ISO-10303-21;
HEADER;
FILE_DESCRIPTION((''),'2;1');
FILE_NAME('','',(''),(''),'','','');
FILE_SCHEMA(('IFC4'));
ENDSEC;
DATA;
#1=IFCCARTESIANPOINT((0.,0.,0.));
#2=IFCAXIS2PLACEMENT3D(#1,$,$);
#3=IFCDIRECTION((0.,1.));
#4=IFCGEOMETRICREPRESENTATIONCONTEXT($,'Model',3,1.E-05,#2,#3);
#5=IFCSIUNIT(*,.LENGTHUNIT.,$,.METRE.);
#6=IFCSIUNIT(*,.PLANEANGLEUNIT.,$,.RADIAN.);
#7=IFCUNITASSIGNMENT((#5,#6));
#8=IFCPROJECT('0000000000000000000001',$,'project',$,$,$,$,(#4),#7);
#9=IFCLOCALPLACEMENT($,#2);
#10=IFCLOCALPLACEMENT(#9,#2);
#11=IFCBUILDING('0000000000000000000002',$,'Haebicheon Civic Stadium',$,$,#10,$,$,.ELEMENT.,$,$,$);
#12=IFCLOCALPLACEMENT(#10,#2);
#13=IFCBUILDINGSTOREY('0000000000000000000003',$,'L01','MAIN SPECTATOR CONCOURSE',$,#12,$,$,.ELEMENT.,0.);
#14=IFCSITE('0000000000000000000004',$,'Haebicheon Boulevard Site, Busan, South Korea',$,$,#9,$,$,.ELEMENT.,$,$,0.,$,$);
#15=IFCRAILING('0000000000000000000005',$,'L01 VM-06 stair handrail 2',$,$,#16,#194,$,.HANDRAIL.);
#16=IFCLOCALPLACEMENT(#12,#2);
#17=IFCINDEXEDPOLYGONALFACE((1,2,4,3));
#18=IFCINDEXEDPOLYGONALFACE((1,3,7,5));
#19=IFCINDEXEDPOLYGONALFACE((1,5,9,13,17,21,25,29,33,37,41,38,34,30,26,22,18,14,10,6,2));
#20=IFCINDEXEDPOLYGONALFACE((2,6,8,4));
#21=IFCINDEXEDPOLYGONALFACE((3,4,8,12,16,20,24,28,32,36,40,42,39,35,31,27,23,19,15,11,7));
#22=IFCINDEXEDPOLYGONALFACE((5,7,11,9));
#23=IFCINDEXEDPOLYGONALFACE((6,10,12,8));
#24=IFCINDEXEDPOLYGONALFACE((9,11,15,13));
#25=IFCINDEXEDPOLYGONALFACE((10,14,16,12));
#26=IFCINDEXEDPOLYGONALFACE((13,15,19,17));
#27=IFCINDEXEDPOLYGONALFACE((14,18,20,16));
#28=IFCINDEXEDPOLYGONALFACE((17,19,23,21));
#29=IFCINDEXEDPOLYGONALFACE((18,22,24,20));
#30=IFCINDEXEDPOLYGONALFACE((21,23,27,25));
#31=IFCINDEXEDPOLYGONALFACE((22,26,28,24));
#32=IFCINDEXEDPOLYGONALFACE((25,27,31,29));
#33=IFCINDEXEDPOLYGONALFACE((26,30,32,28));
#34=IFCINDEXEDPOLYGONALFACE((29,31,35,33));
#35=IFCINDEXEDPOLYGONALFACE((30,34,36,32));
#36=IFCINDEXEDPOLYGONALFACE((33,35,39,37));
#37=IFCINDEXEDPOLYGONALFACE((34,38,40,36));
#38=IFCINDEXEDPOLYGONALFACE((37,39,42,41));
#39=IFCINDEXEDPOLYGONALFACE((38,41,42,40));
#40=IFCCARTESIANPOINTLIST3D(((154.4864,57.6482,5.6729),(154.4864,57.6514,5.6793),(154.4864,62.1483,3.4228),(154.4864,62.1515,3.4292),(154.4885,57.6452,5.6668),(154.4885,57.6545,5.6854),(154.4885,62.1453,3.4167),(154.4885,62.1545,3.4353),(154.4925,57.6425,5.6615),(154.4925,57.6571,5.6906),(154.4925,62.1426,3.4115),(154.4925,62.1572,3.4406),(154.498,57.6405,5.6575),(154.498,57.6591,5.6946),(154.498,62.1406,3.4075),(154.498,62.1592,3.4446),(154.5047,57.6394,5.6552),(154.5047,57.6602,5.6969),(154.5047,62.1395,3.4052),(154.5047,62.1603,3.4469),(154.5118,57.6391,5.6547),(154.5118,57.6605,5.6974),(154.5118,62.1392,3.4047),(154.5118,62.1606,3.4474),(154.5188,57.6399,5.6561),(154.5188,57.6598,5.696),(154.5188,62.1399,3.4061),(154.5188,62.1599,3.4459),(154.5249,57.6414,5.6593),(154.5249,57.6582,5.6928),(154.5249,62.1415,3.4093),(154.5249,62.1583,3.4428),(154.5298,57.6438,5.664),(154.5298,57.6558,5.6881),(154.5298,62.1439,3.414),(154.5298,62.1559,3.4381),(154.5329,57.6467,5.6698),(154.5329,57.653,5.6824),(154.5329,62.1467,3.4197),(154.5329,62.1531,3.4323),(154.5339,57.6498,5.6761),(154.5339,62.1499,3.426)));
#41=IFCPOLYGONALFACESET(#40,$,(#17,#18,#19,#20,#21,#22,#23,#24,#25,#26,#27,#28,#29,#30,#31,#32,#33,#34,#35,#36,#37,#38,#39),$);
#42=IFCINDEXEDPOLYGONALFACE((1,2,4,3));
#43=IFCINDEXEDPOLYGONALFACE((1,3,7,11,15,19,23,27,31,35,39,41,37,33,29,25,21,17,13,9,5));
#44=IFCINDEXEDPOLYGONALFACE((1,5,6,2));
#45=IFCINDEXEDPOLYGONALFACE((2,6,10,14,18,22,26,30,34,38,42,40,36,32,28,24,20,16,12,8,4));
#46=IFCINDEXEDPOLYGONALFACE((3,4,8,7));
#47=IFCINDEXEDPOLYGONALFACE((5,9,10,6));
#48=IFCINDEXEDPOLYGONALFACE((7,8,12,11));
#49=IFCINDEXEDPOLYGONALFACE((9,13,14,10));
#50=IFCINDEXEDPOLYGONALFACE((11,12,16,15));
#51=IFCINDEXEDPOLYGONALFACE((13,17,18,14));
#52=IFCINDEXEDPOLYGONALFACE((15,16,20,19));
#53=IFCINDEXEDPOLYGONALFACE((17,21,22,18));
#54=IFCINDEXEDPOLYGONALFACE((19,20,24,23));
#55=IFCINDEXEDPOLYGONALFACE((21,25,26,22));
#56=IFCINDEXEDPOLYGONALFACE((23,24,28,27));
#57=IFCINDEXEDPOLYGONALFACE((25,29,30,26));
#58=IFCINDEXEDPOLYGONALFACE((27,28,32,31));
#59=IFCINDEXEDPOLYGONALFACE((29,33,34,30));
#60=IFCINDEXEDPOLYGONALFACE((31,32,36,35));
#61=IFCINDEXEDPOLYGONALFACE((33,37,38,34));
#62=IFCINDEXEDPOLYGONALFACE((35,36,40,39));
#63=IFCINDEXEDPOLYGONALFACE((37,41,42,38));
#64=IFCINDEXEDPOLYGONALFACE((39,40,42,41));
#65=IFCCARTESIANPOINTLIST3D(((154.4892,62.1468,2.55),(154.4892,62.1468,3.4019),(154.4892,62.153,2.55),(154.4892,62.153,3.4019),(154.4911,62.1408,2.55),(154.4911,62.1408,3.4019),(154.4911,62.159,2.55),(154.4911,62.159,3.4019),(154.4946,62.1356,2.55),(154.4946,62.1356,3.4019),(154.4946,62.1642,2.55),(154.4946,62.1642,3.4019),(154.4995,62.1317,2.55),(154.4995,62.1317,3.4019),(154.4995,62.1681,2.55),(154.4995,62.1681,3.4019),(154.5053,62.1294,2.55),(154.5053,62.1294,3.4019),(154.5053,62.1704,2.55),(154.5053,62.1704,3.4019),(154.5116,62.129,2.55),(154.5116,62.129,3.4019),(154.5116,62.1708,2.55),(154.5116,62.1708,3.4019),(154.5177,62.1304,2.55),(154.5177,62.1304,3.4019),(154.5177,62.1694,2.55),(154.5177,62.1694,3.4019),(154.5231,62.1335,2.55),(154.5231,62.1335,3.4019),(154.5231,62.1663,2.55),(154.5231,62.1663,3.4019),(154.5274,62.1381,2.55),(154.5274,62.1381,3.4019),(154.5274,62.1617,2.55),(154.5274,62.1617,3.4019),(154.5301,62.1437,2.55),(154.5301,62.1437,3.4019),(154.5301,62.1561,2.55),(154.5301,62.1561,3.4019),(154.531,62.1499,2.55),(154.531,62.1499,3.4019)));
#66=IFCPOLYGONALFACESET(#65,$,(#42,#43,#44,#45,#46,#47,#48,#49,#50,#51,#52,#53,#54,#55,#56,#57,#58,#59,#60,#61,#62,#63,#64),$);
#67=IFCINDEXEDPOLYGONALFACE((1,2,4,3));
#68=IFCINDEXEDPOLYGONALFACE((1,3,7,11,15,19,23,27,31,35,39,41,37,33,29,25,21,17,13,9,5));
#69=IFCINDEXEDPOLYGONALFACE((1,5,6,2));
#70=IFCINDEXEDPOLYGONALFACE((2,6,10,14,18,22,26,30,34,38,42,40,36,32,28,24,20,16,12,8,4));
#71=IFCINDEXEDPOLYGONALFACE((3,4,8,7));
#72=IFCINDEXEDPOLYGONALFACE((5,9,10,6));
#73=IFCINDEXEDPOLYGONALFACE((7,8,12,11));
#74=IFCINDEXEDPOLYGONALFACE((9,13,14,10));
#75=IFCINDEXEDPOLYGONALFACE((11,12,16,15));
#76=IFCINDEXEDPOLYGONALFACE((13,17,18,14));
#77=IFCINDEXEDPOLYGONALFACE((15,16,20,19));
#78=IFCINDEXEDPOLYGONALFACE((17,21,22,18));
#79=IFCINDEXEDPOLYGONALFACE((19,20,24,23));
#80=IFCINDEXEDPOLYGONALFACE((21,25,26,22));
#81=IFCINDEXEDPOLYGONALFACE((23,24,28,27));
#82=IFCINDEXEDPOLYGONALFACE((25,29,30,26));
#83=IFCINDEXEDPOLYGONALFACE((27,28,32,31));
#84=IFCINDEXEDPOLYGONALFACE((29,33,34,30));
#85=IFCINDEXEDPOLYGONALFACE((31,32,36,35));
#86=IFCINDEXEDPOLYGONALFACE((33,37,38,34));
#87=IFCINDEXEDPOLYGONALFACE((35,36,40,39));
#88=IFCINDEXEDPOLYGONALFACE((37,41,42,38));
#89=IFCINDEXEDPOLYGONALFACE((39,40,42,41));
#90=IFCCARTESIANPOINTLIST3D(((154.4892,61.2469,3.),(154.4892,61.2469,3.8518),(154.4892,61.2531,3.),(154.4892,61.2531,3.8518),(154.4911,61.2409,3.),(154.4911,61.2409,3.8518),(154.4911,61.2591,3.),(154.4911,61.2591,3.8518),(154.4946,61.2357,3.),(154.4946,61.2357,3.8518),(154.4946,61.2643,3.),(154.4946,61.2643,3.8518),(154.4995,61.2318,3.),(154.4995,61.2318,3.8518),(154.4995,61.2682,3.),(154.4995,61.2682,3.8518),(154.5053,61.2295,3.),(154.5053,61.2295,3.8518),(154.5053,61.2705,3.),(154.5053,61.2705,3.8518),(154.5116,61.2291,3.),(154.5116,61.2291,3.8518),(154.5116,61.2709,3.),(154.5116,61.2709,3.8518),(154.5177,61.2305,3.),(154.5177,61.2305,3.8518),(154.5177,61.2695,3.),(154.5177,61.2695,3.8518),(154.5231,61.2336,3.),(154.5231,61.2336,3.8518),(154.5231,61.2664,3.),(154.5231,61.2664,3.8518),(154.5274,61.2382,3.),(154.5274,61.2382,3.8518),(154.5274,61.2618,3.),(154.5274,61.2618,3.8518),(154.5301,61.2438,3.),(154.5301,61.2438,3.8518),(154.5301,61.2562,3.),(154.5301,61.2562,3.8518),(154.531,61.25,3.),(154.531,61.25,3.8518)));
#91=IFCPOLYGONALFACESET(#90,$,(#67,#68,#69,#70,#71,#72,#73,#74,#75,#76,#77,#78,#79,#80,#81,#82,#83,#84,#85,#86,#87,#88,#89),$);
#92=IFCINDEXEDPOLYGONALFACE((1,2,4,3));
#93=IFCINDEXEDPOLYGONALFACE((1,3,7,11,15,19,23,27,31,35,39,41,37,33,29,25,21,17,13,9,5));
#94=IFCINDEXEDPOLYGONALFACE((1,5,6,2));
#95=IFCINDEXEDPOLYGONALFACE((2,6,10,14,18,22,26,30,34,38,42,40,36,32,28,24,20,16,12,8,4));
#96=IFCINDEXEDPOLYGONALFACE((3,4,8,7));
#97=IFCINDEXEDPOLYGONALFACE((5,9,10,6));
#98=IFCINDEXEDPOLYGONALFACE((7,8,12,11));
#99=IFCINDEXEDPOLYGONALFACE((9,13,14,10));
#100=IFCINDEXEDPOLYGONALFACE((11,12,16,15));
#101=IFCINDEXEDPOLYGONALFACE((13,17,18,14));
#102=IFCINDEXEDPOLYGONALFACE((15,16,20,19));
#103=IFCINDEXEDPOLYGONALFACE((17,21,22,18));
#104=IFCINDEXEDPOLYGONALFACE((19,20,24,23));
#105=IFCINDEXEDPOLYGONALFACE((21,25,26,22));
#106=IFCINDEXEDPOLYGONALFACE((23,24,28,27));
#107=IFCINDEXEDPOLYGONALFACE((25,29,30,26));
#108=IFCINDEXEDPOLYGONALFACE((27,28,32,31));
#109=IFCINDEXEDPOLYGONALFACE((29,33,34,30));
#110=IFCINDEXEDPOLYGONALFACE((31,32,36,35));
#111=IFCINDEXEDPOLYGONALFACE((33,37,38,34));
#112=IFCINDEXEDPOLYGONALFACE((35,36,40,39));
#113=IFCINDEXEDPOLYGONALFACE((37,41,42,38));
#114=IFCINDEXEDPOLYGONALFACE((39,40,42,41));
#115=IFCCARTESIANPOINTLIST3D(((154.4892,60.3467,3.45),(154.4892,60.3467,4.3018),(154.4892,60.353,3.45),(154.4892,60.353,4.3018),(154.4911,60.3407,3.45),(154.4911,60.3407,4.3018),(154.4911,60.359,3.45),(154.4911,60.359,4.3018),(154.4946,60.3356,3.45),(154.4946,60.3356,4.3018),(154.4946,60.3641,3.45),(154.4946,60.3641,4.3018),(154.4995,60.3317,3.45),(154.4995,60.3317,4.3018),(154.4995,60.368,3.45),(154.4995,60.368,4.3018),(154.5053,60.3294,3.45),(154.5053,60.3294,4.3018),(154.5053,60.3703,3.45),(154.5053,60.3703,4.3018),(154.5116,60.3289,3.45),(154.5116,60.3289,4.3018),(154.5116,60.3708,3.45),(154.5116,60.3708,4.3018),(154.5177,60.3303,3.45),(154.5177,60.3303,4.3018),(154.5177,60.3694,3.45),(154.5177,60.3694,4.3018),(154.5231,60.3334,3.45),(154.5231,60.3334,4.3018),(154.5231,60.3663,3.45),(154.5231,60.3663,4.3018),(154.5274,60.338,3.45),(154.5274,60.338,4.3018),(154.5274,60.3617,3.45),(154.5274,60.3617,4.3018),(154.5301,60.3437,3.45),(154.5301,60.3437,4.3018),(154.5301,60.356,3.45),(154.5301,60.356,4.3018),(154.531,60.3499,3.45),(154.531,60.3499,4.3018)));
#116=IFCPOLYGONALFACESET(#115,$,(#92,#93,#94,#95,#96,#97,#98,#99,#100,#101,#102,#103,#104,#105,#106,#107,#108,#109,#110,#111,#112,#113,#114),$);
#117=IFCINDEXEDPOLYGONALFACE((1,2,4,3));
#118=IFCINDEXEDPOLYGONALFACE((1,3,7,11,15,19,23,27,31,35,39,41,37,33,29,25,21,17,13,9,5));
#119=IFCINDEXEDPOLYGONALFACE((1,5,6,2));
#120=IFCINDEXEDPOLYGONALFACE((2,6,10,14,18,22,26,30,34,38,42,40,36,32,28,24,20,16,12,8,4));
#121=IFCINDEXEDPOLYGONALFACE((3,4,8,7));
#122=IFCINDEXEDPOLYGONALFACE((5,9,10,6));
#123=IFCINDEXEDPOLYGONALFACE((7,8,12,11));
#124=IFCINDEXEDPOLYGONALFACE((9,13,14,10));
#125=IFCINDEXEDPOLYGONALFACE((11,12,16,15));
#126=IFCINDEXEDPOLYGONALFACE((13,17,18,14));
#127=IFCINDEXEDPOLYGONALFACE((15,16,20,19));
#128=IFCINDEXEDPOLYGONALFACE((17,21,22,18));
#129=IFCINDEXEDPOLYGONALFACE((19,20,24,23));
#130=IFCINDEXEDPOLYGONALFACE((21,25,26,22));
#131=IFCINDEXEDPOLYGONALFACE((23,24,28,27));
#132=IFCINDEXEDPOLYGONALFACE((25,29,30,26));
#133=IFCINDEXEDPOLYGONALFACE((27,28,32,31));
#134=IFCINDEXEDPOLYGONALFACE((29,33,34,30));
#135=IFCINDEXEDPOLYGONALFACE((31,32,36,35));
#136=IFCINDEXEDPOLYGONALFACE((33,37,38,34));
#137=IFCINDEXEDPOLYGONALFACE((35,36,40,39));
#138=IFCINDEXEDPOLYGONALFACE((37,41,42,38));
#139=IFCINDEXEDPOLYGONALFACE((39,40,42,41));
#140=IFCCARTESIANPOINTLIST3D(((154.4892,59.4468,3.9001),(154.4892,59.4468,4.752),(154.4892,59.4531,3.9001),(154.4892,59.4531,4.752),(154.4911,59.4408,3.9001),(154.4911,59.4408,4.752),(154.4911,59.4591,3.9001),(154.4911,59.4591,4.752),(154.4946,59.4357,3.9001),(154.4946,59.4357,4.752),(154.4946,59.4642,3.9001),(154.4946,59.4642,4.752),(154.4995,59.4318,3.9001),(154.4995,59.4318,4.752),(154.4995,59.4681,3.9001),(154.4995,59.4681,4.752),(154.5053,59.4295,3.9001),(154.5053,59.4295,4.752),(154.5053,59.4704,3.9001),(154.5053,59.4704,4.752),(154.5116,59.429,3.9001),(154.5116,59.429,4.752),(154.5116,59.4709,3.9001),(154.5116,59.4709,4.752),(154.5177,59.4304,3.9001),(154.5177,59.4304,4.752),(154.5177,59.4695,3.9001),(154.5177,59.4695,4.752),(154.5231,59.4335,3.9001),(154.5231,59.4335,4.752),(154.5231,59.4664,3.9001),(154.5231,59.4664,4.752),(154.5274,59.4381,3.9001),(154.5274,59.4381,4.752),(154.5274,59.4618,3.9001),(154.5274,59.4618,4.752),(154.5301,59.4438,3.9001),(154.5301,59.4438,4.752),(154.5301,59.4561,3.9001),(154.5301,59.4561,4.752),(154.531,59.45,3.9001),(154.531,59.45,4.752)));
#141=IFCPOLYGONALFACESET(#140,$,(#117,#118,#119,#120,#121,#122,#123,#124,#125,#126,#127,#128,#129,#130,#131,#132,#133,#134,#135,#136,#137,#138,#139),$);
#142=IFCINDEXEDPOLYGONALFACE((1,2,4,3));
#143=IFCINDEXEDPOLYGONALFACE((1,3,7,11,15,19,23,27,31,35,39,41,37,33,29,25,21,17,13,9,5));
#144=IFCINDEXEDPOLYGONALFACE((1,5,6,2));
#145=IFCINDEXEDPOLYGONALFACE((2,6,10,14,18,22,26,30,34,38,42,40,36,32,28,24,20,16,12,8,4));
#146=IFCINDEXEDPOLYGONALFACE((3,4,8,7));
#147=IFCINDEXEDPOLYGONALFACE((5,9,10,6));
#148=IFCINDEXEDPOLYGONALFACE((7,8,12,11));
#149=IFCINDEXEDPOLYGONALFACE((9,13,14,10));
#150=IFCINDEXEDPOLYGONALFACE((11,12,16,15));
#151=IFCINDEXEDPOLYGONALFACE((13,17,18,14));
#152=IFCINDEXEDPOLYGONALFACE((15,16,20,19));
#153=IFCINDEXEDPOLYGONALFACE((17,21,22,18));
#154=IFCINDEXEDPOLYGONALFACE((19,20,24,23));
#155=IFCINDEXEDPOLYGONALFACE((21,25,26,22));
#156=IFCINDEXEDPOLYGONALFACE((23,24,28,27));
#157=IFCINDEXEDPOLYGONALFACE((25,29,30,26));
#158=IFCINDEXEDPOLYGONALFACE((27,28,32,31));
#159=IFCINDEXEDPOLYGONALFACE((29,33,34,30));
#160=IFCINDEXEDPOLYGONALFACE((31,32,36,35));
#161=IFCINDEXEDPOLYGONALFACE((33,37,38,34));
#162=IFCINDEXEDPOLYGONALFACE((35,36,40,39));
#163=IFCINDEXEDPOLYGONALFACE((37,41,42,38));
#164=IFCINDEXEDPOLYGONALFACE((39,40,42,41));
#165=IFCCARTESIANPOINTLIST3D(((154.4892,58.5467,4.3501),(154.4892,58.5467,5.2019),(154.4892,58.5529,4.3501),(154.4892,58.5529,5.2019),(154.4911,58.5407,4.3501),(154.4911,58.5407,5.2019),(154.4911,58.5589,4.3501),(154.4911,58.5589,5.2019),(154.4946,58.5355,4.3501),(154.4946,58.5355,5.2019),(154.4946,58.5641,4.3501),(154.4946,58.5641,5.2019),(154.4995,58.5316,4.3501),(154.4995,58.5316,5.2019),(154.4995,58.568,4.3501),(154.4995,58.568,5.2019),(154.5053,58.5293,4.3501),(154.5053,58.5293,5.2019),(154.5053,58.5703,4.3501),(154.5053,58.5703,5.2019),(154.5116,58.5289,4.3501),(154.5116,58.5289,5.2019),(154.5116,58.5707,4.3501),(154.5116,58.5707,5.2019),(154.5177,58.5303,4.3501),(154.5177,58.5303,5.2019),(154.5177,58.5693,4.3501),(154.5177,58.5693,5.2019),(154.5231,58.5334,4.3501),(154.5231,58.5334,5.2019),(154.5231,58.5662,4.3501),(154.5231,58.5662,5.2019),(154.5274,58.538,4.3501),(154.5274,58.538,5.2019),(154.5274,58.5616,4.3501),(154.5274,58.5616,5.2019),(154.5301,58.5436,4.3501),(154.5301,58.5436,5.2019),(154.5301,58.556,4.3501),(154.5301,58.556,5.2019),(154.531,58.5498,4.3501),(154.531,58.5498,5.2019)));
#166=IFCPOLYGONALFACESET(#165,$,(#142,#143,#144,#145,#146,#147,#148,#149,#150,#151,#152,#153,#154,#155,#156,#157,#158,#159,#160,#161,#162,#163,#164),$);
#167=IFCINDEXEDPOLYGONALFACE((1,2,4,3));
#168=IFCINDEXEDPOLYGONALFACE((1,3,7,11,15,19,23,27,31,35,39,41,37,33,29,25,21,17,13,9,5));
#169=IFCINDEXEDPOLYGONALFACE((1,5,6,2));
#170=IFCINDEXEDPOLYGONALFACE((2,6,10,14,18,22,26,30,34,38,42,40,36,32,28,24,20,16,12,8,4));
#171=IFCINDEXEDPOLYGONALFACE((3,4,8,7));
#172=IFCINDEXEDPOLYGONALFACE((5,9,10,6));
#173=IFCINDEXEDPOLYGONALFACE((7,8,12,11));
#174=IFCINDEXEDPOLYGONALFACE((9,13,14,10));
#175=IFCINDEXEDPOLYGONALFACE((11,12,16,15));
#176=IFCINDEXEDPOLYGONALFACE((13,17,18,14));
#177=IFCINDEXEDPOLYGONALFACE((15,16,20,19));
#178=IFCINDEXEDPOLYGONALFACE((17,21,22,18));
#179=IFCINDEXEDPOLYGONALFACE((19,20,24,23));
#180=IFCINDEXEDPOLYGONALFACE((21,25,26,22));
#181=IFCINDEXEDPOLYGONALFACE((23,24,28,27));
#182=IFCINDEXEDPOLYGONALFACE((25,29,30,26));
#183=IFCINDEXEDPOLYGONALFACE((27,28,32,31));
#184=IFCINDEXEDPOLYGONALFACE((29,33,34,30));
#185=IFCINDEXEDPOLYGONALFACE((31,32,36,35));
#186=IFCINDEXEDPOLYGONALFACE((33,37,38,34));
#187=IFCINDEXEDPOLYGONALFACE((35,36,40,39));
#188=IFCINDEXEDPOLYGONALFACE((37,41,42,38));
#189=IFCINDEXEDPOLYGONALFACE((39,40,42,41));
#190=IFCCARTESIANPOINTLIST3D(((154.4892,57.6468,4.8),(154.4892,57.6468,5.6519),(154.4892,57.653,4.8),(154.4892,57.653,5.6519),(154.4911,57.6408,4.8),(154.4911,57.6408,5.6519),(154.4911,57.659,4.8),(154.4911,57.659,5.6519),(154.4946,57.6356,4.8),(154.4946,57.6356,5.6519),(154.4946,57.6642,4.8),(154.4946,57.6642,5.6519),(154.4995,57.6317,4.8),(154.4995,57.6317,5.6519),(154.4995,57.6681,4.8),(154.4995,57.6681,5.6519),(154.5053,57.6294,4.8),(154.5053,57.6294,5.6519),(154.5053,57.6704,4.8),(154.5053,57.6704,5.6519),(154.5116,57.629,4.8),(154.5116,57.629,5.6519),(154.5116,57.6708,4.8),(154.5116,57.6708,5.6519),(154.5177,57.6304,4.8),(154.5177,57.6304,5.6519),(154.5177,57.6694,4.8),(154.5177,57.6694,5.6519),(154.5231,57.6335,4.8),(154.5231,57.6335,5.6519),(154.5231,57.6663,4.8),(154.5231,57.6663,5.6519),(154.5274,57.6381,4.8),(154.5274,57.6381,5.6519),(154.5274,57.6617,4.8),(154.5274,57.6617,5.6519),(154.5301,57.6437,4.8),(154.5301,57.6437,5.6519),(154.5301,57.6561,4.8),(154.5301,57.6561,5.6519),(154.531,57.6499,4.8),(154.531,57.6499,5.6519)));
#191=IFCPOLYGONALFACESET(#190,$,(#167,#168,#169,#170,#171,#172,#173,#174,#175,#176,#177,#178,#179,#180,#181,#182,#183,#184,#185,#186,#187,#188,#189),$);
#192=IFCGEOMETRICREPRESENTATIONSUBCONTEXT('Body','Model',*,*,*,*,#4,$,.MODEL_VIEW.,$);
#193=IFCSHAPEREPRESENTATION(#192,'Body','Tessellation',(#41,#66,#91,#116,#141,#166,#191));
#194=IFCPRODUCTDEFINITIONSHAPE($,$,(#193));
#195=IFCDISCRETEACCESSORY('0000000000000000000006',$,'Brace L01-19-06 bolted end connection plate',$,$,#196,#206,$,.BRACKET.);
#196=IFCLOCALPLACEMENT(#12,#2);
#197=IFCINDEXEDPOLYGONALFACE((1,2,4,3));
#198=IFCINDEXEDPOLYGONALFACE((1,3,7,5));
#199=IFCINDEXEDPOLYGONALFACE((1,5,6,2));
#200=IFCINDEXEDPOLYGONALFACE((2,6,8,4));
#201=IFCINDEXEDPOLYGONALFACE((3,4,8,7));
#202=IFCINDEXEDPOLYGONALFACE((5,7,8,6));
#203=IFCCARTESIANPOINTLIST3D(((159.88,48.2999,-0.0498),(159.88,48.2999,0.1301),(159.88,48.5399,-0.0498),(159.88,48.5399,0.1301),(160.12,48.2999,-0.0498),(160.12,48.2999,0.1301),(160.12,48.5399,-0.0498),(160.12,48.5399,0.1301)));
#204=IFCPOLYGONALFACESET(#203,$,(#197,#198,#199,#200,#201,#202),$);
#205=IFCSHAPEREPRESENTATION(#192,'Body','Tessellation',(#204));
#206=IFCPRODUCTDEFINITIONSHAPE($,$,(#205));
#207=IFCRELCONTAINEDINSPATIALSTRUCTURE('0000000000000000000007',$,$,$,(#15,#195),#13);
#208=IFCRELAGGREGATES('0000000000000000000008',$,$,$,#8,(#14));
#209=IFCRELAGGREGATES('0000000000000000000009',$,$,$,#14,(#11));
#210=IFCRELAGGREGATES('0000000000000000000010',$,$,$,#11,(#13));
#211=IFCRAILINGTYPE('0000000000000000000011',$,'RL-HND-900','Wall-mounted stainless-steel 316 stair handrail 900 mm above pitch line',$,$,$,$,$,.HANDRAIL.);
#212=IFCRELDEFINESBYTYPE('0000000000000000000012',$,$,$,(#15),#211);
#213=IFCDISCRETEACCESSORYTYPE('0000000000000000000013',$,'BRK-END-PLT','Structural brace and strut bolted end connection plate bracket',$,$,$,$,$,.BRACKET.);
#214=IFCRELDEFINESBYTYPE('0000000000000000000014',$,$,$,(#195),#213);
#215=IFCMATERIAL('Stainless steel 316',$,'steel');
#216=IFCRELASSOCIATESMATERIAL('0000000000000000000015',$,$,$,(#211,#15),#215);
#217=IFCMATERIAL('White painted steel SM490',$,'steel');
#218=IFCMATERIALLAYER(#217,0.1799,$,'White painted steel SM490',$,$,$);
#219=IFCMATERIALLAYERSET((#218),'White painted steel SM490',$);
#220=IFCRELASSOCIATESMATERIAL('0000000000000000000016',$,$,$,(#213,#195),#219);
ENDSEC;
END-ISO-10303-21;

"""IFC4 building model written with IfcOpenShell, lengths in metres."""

from ifc_helpers import new_model, si_unit, direction, frame, origin, origin_2d, place, context, subcontext, project, spatial, rectangle, circle, extrude, material, layer, layer_set, type_object, element, save


model = new_model("IFC4")

# Units and contexts
model_context = context("Model", 3, precision=1e-05, world=origin(), true_north=direction((0.0, 1.0)))
body_context = subcontext(model_context, "Body", "Model", "MODEL_VIEW")
ifc_project = project(units=[si_unit("LENGTHUNIT", "METRE"), si_unit("PLANEANGLEUNIT", "RADIAN")], contexts=[model_context])

# Site, building, storey
site_placement = place(None, origin())
site = spatial("IfcSite", under=ifc_project, at=site_placement, Name="Haebicheon Boulevard Site, Busan, South Korea", CompositionType="ELEMENT", RefElevation=0.0)
building_placement = place(site_placement, origin())
building = spatial("IfcBuilding", under=site, at=building_placement, Name="Haebicheon Civic Stadium", CompositionType="ELEMENT")
storey_placement = place(building_placement, origin())
storey = spatial("IfcBuildingStorey", under=building, at=storey_placement, Name="L01", Description="MAIN SPECTATOR CONCOURSE", CompositionType="ELEMENT", Elevation=0.0)

# Railing
ifc_material_1 = material(Name="Stainless steel 316", Category="steel")
railing_type_1 = type_object("IfcRailingType", Name="RL-HND-900", Description="Wall-mounted stainless-steel 316 stair handrail 900 mm above pitch line", PredefinedType="HANDRAIL", material=ifc_material_1)
railing_1_placement = place(storey_placement, frame((154.51, 62.1499, 2.55)))
element("IfcRailing", 1, at=railing_1_placement, inside=storey, type_object=railing_type_1, material=ifc_material_1, Name="L01 VM-06 stair handrail 2", PredefinedType="HANDRAIL", context=body_context, shape_type="SweptSolid", body=[
    extrude(circle(Radius=0.0239, at=origin_2d()), frame((0.0, 0.0, 0.876), z_axis=(0.0, -0.894427, 0.447214), x_axis=(1.0, 0.0, 0.0)), (0.0, 0.0, 1.0), 5.0312),
    extrude(circle(Radius=0.021, at=origin_2d()), origin(), (0.0, 0.0, 1.0), 0.8518),
    extrude(circle(Radius=0.021, at=origin_2d()), frame((0.0, -0.8999, 0.45)), (0.0, 0.0, 1.0), 0.8518),
    extrude(circle(Radius=0.021, at=origin_2d()), frame((0.0, -1.8, 0.8999)), (0.0, 0.0, 1.0), 0.8518),
    extrude(circle(Radius=0.021, at=origin_2d()), frame((0.0, -2.7, 1.3501)), (0.0, 0.0, 1.0), 0.8518),
    extrude(circle(Radius=0.021, at=origin_2d()), frame((0.0, -3.6001, 1.8)), (0.0, 0.0, 1.0), 0.8518),
    extrude(circle(Radius=0.021, at=origin_2d()), frame((0.0, -4.5, 2.25)), (0.0, 0.0, 1.0), 0.8518),
])

# Discrete accessory
ifc_material_2 = material(Name="White painted steel SM490", Category="steel")
ifc_layer_1 = layer(ifc_material_2, 0.1799, Name="White painted steel SM490")
ifc_layer_set_1 = layer_set([ifc_layer_1], Name="White painted steel SM490")
discrete_accessory_type = type_object("IfcDiscreteAccessoryType", Name="BRK-END-PLT", Description="Structural brace and strut bolted end connection plate bracket", PredefinedType="BRACKET", material=ifc_layer_set_1)
for number, where, z_axis, x_axis, name in (
    (2, (160.0, 48.4199, -0.0498), (0.0, 0.0, 1.0), (1.0, 0.0, 0.0), "Brace L01-19-06 bolted end connection plate"),
):
    element("IfcDiscreteAccessory", number, at=place(storey_placement, frame(where, z_axis=z_axis, x_axis=x_axis)), inside=storey, type_object=discrete_accessory_type, material=ifc_layer_set_1, Name=name, PredefinedType="BRACKET", context=body_context, shape_type="SweptSolid", body=[
        extrude(rectangle(XDim=0.24, YDim=0.24, at=origin_2d()), origin(), (0.0, 0.0, 1.0), 0.1799),
    ])

save(model, "model.ifc")
